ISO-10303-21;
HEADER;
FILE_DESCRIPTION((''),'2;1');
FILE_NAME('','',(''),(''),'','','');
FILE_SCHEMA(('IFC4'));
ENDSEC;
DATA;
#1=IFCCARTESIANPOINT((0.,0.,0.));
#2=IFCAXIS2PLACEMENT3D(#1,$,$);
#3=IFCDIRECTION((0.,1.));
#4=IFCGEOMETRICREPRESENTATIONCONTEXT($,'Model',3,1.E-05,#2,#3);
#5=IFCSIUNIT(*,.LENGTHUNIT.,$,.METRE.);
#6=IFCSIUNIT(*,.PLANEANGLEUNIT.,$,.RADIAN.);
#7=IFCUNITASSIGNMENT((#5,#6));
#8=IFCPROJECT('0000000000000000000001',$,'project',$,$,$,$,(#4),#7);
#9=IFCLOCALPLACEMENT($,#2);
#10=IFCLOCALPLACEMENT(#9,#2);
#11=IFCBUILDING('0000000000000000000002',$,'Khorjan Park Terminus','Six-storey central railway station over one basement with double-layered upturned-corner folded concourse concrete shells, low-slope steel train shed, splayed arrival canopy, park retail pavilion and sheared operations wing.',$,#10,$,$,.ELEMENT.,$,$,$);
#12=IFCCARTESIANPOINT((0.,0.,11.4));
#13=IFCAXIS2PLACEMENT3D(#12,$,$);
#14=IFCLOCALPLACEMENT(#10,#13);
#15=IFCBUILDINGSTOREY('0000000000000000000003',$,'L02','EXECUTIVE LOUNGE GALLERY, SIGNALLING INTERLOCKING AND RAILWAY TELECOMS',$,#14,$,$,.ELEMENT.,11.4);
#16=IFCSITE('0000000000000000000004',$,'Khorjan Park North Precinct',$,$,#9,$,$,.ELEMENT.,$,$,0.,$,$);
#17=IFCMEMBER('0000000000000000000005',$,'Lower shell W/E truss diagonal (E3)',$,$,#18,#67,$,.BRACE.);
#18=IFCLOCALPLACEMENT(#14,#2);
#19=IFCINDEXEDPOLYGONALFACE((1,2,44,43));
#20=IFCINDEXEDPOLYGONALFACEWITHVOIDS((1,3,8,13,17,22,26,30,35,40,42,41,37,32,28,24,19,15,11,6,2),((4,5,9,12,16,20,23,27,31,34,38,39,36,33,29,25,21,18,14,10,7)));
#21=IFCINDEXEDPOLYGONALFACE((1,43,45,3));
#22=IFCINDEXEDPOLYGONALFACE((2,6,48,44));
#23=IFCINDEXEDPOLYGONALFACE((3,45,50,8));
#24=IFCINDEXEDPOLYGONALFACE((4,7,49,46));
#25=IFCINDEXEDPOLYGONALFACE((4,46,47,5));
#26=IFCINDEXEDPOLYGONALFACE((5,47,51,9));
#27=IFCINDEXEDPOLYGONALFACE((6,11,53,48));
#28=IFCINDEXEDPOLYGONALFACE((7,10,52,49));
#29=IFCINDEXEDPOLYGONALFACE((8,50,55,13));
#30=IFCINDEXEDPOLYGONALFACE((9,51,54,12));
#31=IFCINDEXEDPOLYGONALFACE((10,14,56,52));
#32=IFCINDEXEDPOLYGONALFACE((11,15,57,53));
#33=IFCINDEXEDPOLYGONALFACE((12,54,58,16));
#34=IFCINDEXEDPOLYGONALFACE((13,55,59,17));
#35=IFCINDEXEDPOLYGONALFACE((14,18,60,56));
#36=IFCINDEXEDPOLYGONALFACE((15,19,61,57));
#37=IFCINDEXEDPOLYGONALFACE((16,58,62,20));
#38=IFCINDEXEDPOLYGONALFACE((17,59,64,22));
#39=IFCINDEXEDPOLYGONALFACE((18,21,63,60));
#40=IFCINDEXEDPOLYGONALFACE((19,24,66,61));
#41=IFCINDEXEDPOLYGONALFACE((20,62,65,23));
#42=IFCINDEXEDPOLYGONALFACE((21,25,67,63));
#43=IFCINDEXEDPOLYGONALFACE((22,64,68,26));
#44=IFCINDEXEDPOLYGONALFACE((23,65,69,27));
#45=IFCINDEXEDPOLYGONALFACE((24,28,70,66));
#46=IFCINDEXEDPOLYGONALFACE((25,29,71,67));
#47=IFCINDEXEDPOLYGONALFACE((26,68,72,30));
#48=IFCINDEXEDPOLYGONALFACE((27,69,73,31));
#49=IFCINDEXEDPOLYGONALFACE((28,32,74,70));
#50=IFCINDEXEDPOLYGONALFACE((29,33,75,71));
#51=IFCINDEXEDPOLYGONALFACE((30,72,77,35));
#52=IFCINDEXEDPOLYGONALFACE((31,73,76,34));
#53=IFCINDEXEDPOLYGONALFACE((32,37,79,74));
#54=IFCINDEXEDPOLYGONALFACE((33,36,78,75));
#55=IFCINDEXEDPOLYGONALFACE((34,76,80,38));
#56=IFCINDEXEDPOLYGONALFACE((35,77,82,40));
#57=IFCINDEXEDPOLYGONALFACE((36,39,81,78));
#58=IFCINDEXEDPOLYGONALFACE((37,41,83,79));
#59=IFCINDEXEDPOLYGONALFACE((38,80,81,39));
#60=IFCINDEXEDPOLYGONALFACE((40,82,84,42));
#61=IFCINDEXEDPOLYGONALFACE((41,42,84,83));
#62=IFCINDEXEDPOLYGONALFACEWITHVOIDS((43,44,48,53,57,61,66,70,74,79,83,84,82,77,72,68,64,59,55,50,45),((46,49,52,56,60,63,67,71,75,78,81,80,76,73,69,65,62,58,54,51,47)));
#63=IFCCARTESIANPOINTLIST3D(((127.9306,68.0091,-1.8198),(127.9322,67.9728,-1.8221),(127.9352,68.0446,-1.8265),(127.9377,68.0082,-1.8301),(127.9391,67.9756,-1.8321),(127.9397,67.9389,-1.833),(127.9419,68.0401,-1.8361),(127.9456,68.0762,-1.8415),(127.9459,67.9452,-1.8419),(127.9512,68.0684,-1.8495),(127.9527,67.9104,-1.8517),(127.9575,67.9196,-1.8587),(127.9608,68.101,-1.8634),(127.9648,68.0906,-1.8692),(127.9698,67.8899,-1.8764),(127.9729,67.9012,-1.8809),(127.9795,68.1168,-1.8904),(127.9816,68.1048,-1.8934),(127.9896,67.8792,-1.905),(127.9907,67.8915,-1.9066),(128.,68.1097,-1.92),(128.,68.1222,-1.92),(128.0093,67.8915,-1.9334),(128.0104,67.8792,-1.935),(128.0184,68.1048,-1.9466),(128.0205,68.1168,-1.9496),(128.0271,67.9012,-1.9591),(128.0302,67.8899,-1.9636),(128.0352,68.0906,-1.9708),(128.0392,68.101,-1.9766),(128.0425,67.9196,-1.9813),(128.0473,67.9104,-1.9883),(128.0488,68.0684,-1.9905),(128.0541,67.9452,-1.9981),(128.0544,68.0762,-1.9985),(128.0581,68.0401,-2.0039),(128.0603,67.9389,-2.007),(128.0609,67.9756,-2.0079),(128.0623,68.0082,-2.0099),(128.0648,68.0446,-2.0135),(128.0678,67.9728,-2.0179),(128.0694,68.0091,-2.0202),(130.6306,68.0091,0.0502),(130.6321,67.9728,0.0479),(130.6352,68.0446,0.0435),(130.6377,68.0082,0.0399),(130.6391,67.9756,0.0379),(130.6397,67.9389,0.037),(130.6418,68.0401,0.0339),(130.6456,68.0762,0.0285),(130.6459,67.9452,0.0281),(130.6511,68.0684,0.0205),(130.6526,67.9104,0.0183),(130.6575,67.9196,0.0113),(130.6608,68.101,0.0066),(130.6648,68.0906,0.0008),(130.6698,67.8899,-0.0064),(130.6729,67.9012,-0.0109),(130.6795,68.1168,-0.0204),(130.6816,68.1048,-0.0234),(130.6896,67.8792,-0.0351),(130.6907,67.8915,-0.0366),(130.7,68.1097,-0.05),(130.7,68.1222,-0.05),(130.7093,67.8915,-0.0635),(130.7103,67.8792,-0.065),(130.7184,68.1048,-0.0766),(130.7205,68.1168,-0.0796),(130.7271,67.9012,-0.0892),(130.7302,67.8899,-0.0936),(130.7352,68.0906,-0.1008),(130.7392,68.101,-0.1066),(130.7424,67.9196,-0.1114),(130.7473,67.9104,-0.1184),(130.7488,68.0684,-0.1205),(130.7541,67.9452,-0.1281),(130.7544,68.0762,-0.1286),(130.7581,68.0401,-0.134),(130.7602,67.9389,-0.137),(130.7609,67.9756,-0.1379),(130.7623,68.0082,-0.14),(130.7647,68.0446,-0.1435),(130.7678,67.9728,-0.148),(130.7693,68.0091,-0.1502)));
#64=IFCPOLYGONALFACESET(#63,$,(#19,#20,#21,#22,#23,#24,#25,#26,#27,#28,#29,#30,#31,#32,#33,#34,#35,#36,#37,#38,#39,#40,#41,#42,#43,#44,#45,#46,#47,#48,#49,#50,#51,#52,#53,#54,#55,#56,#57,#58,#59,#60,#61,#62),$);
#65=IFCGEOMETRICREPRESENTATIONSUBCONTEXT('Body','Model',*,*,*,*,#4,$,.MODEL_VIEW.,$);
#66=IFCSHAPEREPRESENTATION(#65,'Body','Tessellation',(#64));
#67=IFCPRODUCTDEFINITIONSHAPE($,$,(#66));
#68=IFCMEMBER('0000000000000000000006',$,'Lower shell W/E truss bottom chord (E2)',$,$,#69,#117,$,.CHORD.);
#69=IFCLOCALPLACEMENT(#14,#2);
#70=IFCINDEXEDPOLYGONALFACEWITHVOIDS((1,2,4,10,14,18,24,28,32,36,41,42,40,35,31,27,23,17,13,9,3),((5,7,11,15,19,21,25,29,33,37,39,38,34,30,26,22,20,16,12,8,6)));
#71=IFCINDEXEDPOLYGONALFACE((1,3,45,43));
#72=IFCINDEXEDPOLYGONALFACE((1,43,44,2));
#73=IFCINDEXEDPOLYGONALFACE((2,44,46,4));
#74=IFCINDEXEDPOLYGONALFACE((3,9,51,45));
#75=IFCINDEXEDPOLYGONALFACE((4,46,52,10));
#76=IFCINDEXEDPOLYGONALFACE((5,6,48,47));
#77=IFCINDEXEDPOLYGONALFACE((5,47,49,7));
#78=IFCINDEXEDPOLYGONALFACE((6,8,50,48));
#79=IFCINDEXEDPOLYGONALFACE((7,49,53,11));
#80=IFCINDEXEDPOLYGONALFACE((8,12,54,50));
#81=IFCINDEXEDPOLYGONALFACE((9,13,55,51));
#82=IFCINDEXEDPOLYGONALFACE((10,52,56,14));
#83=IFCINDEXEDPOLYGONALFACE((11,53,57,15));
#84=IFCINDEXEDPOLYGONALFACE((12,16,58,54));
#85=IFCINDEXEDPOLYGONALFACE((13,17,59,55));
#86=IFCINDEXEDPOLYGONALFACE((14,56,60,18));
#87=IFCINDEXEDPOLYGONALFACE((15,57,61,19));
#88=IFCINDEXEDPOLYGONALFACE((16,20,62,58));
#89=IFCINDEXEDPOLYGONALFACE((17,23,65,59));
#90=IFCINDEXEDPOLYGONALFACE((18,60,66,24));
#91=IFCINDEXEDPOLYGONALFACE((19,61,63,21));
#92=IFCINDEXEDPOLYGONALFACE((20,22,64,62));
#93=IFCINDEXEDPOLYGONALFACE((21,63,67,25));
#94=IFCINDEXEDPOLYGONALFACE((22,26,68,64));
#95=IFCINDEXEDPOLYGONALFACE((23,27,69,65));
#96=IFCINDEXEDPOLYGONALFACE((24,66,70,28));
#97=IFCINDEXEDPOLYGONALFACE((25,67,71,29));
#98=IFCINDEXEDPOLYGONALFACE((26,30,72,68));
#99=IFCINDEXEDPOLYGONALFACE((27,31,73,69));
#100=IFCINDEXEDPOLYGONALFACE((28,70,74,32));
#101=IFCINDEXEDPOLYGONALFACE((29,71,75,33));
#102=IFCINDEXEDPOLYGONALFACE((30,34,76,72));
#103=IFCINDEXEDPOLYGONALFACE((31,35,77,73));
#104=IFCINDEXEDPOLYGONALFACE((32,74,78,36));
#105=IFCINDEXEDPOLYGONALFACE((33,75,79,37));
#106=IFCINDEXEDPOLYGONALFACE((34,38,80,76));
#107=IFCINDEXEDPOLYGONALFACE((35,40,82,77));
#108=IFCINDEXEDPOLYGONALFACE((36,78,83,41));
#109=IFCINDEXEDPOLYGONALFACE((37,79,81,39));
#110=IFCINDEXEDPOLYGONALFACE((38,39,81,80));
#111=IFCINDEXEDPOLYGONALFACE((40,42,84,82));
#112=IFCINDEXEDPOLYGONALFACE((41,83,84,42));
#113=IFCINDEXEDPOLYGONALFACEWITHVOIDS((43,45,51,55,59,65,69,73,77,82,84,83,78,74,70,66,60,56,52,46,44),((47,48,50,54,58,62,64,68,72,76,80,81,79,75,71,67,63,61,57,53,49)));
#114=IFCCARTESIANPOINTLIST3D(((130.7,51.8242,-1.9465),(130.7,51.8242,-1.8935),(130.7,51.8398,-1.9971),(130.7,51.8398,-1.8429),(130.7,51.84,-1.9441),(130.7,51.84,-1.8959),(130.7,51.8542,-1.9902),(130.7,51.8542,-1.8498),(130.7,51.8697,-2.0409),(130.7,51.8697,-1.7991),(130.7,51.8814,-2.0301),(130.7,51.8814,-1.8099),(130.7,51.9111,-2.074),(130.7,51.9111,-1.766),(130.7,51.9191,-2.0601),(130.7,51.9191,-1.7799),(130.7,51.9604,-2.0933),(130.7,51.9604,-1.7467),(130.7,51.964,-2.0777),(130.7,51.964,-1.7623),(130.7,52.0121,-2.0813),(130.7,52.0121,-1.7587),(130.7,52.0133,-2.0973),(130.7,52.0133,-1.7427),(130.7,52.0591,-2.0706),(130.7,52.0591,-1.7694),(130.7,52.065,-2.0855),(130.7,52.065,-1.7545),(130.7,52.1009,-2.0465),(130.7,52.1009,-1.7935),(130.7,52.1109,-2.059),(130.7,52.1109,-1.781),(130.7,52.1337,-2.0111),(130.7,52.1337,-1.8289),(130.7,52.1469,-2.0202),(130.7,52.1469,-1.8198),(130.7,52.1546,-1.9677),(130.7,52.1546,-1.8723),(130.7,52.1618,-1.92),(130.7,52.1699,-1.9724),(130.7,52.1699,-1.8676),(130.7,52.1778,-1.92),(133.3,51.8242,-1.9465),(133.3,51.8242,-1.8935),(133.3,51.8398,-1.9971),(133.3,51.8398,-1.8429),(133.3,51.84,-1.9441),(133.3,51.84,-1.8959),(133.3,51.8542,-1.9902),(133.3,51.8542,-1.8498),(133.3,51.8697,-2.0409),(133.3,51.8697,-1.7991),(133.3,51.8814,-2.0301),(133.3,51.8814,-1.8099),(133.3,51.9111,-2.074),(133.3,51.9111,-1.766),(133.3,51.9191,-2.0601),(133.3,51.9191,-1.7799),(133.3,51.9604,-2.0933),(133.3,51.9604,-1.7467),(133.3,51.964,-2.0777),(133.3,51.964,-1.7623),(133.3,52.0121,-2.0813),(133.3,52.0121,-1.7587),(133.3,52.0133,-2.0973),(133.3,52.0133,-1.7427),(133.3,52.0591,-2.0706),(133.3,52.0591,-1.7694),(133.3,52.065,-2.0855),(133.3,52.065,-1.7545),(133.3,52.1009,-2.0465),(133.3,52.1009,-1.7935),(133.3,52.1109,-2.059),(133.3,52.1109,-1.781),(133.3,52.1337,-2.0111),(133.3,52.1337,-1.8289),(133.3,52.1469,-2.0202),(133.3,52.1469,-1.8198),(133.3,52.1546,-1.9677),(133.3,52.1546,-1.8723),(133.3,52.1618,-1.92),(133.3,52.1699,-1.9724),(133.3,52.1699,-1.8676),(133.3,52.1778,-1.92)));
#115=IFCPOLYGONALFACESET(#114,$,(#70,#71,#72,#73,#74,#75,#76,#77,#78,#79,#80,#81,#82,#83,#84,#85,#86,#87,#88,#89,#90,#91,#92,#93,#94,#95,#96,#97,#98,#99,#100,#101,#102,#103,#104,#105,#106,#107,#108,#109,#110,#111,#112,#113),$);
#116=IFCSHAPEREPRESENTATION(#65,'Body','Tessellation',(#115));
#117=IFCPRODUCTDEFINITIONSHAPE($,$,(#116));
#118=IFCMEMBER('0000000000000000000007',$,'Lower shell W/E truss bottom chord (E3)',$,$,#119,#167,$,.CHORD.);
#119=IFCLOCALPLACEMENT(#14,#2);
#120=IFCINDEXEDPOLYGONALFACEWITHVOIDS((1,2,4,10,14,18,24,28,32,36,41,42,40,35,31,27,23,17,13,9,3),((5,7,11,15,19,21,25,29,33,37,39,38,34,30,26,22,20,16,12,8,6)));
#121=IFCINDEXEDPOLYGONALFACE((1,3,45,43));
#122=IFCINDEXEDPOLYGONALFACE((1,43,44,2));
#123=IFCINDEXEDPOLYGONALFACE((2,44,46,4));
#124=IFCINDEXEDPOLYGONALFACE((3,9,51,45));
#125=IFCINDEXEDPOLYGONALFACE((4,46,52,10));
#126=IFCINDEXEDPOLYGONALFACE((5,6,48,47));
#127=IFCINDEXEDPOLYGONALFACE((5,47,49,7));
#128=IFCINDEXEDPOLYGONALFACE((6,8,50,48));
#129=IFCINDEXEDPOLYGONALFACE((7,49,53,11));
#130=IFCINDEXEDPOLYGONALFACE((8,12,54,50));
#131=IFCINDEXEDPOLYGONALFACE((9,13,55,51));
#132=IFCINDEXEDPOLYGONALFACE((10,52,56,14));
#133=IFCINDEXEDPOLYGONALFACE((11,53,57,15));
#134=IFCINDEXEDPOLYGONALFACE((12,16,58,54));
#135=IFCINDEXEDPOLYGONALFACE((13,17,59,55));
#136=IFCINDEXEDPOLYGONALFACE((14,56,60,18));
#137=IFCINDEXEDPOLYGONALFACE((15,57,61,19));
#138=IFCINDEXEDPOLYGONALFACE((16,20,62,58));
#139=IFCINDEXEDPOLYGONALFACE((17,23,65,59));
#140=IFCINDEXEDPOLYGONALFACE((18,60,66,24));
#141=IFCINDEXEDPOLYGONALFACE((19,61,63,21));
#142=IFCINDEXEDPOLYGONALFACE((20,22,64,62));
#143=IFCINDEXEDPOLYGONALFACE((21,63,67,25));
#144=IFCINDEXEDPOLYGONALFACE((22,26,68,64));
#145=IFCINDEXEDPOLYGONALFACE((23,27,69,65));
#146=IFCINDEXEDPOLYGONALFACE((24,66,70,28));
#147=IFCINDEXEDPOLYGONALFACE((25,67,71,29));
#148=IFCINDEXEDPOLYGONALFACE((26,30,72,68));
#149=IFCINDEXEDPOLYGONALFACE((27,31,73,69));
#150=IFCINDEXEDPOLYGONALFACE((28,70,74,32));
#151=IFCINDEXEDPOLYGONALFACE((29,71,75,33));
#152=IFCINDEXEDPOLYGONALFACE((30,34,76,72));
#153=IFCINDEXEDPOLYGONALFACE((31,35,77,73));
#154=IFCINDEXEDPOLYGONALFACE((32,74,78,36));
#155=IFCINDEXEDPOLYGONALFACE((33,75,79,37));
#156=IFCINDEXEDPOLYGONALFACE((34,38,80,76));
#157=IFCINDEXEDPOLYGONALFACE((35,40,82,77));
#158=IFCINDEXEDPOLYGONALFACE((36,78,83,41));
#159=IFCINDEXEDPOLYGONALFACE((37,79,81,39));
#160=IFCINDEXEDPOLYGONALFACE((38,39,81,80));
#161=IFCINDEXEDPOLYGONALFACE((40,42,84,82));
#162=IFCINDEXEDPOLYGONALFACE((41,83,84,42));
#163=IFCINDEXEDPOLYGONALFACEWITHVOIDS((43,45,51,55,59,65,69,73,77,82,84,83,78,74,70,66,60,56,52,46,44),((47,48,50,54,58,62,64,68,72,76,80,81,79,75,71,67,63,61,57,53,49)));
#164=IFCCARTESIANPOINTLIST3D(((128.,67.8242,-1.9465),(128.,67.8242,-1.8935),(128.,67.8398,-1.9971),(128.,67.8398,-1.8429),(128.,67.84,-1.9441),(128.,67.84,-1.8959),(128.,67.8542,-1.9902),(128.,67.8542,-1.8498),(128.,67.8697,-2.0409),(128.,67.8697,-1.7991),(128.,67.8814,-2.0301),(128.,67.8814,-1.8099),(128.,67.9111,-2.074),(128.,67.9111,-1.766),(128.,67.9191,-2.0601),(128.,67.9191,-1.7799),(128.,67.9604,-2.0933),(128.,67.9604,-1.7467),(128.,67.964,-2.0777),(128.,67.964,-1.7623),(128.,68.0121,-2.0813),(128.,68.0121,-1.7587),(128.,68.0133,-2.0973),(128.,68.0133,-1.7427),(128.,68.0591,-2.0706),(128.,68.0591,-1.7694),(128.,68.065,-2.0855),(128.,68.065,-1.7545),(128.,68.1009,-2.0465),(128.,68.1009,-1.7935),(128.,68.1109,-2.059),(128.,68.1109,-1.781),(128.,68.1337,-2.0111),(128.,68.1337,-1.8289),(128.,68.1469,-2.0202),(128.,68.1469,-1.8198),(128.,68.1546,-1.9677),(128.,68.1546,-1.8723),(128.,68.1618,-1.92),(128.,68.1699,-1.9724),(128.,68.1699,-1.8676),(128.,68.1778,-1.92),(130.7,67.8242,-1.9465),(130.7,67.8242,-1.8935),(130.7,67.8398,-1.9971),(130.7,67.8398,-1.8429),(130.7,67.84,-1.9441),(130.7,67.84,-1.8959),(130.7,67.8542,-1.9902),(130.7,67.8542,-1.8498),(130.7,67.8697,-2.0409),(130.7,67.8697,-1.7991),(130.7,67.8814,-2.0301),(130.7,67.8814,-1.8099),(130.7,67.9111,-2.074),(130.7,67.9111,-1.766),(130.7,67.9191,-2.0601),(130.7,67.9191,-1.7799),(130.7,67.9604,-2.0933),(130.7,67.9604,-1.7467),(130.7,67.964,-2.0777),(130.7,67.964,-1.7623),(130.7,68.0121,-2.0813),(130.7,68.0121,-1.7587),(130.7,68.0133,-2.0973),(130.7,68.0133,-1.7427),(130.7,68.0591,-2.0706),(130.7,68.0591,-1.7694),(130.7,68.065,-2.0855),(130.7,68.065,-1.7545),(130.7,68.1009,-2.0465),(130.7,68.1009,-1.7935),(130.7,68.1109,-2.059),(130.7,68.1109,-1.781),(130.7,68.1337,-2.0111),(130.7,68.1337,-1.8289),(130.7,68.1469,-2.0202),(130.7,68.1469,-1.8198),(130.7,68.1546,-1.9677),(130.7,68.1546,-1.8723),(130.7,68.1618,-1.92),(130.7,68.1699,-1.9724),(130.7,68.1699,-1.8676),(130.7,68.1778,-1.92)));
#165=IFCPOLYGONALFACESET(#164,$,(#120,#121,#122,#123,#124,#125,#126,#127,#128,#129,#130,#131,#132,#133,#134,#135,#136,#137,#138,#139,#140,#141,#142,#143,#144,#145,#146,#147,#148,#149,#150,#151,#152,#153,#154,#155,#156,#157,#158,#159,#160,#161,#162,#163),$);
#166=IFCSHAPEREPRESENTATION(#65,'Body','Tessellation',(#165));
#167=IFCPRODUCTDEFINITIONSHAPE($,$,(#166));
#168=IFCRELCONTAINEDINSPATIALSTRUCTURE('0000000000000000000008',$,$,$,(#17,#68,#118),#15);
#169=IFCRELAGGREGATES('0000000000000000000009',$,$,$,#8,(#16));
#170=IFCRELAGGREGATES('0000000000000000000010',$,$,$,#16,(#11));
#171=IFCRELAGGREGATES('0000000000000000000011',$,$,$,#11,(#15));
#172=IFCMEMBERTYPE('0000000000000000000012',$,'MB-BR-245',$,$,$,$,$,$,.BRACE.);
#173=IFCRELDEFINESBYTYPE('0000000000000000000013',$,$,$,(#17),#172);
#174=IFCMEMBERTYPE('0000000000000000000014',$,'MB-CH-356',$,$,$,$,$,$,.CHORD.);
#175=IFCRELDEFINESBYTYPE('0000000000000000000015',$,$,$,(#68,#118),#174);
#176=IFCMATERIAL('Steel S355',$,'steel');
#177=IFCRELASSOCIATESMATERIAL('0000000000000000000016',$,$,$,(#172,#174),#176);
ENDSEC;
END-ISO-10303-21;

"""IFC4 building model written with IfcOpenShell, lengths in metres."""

from ifc_helpers import new_model, si_unit, direction, frame, origin, origin_2d, place, context, subcontext, project, spatial, hollow_circle, extrude, material, material_profile, profile_set, type_object, element, save


model = new_model("IFC4")

# Units and contexts
model_context = context("Model", 3, precision=1e-05, world=origin(), true_north=direction((0.0, 1.0)))
body_context = subcontext(model_context, "Body", "Model", "MODEL_VIEW")
ifc_project = project(units=[si_unit("LENGTHUNIT", "METRE"), si_unit("PLANEANGLEUNIT", "RADIAN")], contexts=[model_context])

# Site, building, storey
site_placement = place(None, origin())
site = spatial("IfcSite", under=ifc_project, at=site_placement, Name="Khorjan Park North Precinct", CompositionType="ELEMENT", RefElevation=0.0)
building_placement = place(site_placement, origin())
building = spatial("IfcBuilding", under=site, at=building_placement, Name="Khorjan Park Terminus", Description="Six-storey central railway station over one basement with double-layered upturned-corner folded concourse concrete shells, low-slope steel train shed, splayed arrival canopy, park retail pavilion and sheared operations wing.", CompositionType="ELEMENT")
storey_placement = place(building_placement, frame((0.0, 0.0, 11.4)))
storey = spatial("IfcBuildingStorey", under=building, at=storey_placement, Name="L02", Description="EXECUTIVE LOUNGE GALLERY, SIGNALLING INTERLOCKING AND RAILWAY TELECOMS", CompositionType="ELEMENT", Elevation=11.4)

# Shared definitions
ifc_material_1 = material(Name="Steel S355", Category="steel")

# Members
ifc_material_profile_1 = material_profile(ifc_material_1, hollow_circle(Radius=0.1222, WallThickness=0.0125, at=origin_2d()), Name="CHS 244.5x12.5")
ifc_profile_set_1 = profile_set([ifc_material_profile_1], Name="Steel S355")
member_type_1 = type_object("IfcMemberType", Name="MB-BR-245", PredefinedType="BRACE", material=ifc_profile_set_1)
member_1_placement = place(storey_placement, frame((128.0, 68.0, -1.92), z_axis=(0.822083, 0.0, 0.569368), x_axis=(0.0, 1.0, 0.0)))
element("IfcMember", 1, at=member_1_placement, inside=storey, type_object=member_type_1, Name="Lower shell W/E truss diagonal (E3)", PredefinedType="BRACE", context=body_context, shape_type="SweptSolid", body=[
    extrude(hollow_circle(Radius=0.1222, WallThickness=0.0125, at=origin_2d()), origin(), (0.0, 0.0, 1.0), 3.2843),
])
ifc_material_profile_2 = material_profile(ifc_material_1, hollow_circle(Radius=0.1778, WallThickness=0.016, at=origin_2d()), Name="CHS 355.6x16")
ifc_profile_set_2 = profile_set([ifc_material_profile_2], Name="Steel S355")
member_type_2 = type_object("IfcMemberType", Name="MB-CH-356", PredefinedType="CHORD", material=ifc_profile_set_2)
member_2_placement = place(storey_placement, frame((130.7, 52.0, -1.92), z_axis=(1.0, 0.0, 0.0), x_axis=(0.0, 1.0, 0.0)))
element("IfcMember", 2, at=member_2_placement, inside=storey, type_object=member_type_2, Name="Lower shell W/E truss bottom chord (E2)", PredefinedType="CHORD", context=body_context, shape_type="SweptSolid", body=[
    extrude(hollow_circle(Radius=0.1778, WallThickness=0.016, at=origin_2d()), origin(), (0.0, 0.0, 1.0), 2.6),
])
member_3_placement = place(storey_placement, frame((128.0, 68.0, -1.92), z_axis=(1.0, 0.0, 0.0), x_axis=(0.0, 1.0, 0.0)))
element("IfcMember", 3, at=member_3_placement, inside=storey, type_object=member_type_2, Name="Lower shell W/E truss bottom chord (E3)", PredefinedType="CHORD", context=body_context, shape_type="SweptSolid", body=[
    extrude(hollow_circle(Radius=0.1778, WallThickness=0.016, at=origin_2d()), origin(), (0.0, 0.0, 1.0), 2.7),
])

save(model, "model.ifc")
